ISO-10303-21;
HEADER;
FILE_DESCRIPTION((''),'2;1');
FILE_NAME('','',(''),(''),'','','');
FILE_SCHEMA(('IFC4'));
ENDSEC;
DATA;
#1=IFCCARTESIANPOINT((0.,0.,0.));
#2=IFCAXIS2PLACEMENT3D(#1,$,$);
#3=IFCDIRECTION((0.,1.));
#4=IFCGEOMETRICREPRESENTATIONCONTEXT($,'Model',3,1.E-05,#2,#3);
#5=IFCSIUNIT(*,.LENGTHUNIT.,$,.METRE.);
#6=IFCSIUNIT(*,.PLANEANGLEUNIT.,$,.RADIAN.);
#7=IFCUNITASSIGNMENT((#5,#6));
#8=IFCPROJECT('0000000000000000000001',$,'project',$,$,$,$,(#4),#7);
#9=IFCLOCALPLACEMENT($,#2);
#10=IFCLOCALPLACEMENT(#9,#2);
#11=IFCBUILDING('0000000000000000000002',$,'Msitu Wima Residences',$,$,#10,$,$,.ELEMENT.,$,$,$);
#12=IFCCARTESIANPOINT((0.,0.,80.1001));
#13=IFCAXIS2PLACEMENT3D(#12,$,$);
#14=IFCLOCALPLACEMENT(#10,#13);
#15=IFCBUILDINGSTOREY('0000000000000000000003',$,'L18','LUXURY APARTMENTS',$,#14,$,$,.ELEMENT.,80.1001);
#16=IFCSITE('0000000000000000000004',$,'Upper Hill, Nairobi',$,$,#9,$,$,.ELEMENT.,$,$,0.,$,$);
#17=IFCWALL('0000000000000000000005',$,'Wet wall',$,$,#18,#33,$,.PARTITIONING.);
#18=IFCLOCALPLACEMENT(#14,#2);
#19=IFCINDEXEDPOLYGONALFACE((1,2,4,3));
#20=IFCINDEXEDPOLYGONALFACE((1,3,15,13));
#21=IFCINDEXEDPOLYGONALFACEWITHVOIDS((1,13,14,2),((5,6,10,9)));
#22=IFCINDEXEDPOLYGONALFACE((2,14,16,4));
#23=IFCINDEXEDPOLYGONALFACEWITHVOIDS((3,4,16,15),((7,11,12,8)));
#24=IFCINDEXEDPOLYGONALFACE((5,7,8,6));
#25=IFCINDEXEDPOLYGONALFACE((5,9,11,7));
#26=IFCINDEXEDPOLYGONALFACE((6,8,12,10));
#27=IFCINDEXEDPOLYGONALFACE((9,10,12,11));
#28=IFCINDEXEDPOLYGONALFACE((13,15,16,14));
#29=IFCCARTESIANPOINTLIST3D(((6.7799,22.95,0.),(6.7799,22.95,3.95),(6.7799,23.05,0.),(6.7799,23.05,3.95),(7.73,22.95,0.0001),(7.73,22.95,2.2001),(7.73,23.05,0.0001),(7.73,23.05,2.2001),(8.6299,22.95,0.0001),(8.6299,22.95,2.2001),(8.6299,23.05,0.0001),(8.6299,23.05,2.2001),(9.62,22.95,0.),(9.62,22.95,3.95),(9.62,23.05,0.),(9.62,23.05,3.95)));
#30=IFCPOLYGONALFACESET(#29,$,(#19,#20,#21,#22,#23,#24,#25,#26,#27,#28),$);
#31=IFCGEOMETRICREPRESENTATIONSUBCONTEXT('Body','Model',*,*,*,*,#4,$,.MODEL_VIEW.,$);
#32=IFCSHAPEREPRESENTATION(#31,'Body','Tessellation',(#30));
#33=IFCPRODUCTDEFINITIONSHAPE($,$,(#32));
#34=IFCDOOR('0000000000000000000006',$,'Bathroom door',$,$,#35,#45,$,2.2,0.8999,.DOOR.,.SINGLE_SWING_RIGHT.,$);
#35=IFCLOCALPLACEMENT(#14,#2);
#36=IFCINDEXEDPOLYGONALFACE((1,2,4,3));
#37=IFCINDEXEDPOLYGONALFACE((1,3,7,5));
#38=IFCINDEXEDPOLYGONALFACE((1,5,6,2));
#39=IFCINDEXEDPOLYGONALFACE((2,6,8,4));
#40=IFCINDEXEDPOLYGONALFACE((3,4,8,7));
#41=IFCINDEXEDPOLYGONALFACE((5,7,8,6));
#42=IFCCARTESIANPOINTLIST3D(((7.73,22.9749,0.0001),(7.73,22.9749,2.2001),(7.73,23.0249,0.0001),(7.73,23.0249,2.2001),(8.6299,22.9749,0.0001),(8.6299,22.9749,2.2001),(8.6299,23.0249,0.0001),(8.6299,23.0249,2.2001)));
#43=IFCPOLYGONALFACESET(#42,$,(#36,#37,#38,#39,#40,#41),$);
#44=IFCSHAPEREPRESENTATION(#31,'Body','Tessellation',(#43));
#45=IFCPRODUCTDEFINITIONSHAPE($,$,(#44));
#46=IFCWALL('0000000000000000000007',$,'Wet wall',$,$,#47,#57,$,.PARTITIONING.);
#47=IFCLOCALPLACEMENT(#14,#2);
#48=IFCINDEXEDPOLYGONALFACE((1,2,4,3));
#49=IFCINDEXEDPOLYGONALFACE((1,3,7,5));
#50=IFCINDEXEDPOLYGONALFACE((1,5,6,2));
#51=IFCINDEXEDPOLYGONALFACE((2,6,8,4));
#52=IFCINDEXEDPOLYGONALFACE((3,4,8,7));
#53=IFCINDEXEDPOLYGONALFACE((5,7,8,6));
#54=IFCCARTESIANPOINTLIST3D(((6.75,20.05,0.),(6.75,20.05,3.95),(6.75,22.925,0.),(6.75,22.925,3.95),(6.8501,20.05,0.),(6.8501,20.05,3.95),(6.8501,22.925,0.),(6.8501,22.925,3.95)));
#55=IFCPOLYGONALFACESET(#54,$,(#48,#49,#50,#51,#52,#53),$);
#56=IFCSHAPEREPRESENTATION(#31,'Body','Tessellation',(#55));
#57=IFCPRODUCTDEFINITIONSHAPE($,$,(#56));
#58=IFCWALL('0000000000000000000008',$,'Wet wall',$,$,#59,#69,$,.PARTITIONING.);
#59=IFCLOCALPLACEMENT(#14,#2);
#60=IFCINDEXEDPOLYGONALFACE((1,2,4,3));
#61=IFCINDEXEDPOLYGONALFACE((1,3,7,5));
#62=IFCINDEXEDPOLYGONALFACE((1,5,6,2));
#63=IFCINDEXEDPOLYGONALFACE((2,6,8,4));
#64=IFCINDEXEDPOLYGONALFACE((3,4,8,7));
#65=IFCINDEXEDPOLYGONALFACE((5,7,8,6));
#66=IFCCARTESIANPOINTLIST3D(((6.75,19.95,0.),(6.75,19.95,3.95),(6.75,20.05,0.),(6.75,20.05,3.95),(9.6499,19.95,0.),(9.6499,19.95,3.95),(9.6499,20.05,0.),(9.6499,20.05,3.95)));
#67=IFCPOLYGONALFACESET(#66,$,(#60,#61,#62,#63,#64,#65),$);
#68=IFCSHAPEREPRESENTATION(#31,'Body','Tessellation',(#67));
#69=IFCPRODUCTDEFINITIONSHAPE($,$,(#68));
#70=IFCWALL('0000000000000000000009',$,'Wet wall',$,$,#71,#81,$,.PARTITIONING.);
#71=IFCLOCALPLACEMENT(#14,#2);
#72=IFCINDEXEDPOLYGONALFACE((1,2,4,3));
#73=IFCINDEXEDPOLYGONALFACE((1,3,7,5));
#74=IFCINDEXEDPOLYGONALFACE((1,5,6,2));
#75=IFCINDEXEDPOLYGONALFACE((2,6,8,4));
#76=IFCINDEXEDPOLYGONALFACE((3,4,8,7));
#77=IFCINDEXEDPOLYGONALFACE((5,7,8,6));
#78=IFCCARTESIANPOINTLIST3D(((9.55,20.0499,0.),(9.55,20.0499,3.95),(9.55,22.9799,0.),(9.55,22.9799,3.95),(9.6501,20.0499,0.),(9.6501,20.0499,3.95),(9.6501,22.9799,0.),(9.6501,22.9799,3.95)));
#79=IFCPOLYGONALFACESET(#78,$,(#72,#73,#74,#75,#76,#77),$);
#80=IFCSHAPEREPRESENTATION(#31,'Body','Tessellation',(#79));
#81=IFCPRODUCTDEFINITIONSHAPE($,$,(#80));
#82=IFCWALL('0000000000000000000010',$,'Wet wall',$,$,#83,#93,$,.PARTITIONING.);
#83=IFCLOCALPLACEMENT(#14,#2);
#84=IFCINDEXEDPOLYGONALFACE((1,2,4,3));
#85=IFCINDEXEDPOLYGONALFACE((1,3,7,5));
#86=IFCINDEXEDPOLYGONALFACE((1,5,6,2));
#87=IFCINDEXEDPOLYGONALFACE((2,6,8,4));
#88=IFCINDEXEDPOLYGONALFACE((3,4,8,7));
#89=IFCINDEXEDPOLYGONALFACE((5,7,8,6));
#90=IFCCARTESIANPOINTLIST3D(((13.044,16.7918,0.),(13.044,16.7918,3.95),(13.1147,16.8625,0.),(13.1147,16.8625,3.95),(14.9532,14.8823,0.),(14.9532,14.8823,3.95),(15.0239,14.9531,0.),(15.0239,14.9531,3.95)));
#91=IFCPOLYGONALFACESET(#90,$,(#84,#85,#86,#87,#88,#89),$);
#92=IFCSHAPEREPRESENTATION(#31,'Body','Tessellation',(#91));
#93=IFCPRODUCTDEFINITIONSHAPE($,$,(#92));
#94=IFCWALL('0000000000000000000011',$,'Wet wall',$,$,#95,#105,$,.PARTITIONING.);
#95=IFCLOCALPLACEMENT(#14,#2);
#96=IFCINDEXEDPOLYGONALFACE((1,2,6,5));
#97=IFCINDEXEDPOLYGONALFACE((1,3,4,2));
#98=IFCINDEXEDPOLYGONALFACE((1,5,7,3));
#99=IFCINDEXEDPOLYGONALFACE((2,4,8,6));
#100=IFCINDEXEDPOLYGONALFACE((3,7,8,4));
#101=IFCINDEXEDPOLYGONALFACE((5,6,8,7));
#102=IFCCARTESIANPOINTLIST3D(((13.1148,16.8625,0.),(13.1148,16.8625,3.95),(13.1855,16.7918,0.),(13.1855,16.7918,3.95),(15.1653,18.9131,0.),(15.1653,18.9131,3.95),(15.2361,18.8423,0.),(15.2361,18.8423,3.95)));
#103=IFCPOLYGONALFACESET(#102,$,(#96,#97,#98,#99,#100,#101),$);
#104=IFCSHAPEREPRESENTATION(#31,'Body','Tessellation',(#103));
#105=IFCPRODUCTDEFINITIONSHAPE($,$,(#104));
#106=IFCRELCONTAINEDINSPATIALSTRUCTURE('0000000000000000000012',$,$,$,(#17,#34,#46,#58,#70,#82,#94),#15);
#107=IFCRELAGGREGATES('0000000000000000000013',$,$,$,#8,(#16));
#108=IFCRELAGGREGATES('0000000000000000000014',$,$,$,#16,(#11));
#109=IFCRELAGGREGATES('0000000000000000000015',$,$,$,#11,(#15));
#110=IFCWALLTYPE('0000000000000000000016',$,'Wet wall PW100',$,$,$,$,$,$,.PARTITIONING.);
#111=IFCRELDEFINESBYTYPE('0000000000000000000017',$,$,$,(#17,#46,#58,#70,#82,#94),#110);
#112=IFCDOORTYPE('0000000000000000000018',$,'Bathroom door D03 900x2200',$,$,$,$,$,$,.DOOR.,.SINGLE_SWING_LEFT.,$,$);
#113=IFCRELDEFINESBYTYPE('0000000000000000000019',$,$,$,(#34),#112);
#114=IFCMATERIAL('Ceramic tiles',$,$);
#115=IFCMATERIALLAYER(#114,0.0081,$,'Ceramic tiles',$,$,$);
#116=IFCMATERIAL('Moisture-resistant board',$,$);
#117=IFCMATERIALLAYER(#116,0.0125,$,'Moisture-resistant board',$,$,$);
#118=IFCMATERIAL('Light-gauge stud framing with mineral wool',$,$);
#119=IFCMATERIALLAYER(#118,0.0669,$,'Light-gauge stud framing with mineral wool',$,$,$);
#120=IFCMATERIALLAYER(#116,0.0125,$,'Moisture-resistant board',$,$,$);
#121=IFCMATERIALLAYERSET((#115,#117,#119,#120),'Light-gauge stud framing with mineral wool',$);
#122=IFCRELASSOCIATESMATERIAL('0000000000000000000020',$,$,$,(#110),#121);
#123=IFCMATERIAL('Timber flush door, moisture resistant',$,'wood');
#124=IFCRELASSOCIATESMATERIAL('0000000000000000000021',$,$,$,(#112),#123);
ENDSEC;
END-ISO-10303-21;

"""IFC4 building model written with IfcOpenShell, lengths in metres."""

from ifc_helpers import new_model, si_unit, direction, frame, frame_2d, origin, place, context, subcontext, project, spatial, rectangle, extrude, material, layer, layer_set, type_object, element, fill, save


model = new_model("IFC4")

# Units and contexts
model_context = context("Model", 3, precision=1e-05, world=origin(), true_north=direction((0.0, 1.0)))
body_context = subcontext(model_context, "Body", "Model", "MODEL_VIEW")
ifc_project = project(units=[si_unit("LENGTHUNIT", "METRE"), si_unit("PLANEANGLEUNIT", "RADIAN")], contexts=[model_context])

# Site, building, storey
site_placement = place(None, origin())
site = spatial("IfcSite", under=ifc_project, at=site_placement, Name="Upper Hill, Nairobi", CompositionType="ELEMENT", RefElevation=0.0)
building_placement = place(site_placement, origin())
building = spatial("IfcBuilding", under=site, at=building_placement, Name="Msitu Wima Residences", CompositionType="ELEMENT")
storey_placement = place(building_placement, frame((0.0, 0.0, 80.1001)))
storey = spatial("IfcBuildingStorey", under=building, at=storey_placement, Name="L18", Description="LUXURY APARTMENTS", CompositionType="ELEMENT", Elevation=80.1001)

# Wall, opening, door
ifc_material_1 = material(Name="Ceramic tiles")
ifc_layer_1 = layer(ifc_material_1, 0.0081, Name="Ceramic tiles")
ifc_material_2 = material(Name="Moisture-resistant board")
ifc_layer_2 = layer(ifc_material_2, 0.0125, Name="Moisture-resistant board")
ifc_material_3 = material(Name="Light-gauge stud framing with mineral wool")
ifc_layer_3 = layer(ifc_material_3, 0.0669, Name="Light-gauge stud framing with mineral wool")
ifc_layer_4 = layer(ifc_material_2, 0.0125, Name="Moisture-resistant board")
ifc_layer_set_1 = layer_set([ifc_layer_1, ifc_layer_2, ifc_layer_3, ifc_layer_4], Name="Light-gauge stud framing with mineral wool")
wall_type_1 = type_object("IfcWallType", Name="Wet wall PW100", PredefinedType="PARTITIONING", material=ifc_layer_set_1)
wall_1_placement = place(storey_placement, frame((6.78, 23.0, 0.0), z_axis=(0.0, 0.0, 1.0), x_axis=(1.0, 0.0, 0.0)))
wall_1 = element("IfcWall", 1, at=wall_1_placement, inside=storey, type_object=wall_type_1, Name="Wet wall", PredefinedType="PARTITIONING", context=body_context, shape_type="SweptSolid", body=[
    extrude(rectangle(XDim=2.8401, YDim=0.1001, at=frame_2d((1.4199, 0.0))), origin(), (0.0, 0.0, 1.0), 3.95),
])
opening_1_placement = place(wall_1_placement, frame((0.95, 0.0, 0.0)))
opening_1 = element("IfcOpeningElement", 2, at=opening_1_placement, cuts=wall_1, PredefinedType="OPENING", context=body_context, shape_type="SweptSolid", body=[
    extrude(rectangle(XDim=0.8999, YDim=2.2, at=frame_2d((0.45, 1.1001))), frame((0.0, 0.0601, 0.0), z_axis=(0.0, -1.0, 0.0), x_axis=(1.0, 0.0, 0.0)), (0.0, 0.0, 1.0), 0.1201),
])
ifc_material_4 = material(Name="Timber flush door, moisture resistant", Category="wood")
door_type_1 = type_object("IfcDoorType", Name="Bathroom door D03 900x2200", OperationType="SINGLE_SWING_LEFT", PredefinedType="DOOR", material=ifc_material_4)
door_1_placement = place(opening_1_placement, origin())
door_1 = element("IfcDoor", 3, at=door_1_placement, inside=storey, type_object=door_type_1, Name="Bathroom door", OperationType="SINGLE_SWING_RIGHT", OverallHeight=2.2, OverallWidth=0.8999, PredefinedType="DOOR", context=body_context, shape_type="SweptSolid", body=[
    extrude(rectangle(XDim=0.8999, YDim=2.2, at=frame_2d((0.45, 1.1001))), frame((0.0, 0.0249, 0.0), z_axis=(0.0, -1.0, 0.0), x_axis=(1.0, 0.0, 0.0)), (0.0, 0.0, 1.0), 0.05),
])
fill(opening_1, door_1)

# Walls
wall_2_placement = place(storey_placement, frame((6.8, 20.05, 0.0), z_axis=(0.0, 0.0, 1.0), x_axis=(0.0, 1.0, 0.0)))
element("IfcWall", 4, at=wall_2_placement, inside=storey, type_object=wall_type_1, Name="Wet wall", PredefinedType="PARTITIONING", context=body_context, shape_type="SweptSolid", body=[
    extrude(rectangle(XDim=2.875, YDim=0.1001, at=frame_2d((1.4375, 0.0))), origin(), (0.0, 0.0, 1.0), 3.95),
])
wall_3_placement = place(storey_placement, frame((6.75, 20.0, 0.0), z_axis=(0.0, 0.0, 1.0), x_axis=(1.0, 0.0, 0.0)))
element("IfcWall", 5, at=wall_3_placement, inside=storey, type_object=wall_type_1, Name="Wet wall", PredefinedType="PARTITIONING", context=body_context, shape_type="SweptSolid", body=[
    extrude(rectangle(XDim=2.8999, YDim=0.1001, at=frame_2d((1.45, 0.0))), origin(), (0.0, 0.0, 1.0), 3.95),
])
wall_4_placement = place(storey_placement, frame((9.6001, 20.05, 0.0), z_axis=(0.0, 0.0, 1.0), x_axis=(0.0, 1.0, 0.0)))
element("IfcWall", 6, at=wall_4_placement, inside=storey, type_object=wall_type_1, Name="Wet wall", PredefinedType="PARTITIONING", context=body_context, shape_type="SweptSolid", body=[
    extrude(rectangle(XDim=2.9299, YDim=0.1001, at=frame_2d((1.4648, 0.0))), origin(), (0.0, 0.0, 1.0), 3.95),
])
wall_5_placement = place(storey_placement, frame((13.0793, 16.8271, 0.0), z_axis=(0.0, 0.0, 1.0), x_axis=(0.707062, -0.707152, 0.0)))
element("IfcWall", 7, at=wall_5_placement, inside=storey, type_object=wall_type_1, Name="Wet wall", PredefinedType="PARTITIONING", context=body_context, shape_type="SweptSolid", body=[
    extrude(rectangle(XDim=2.7002, YDim=0.1001, at=frame_2d((1.3501, 0.0))), origin(), (0.0, 0.0, 1.0), 3.95),
])
wall_6_placement = place(storey_placement, frame((13.1501, 16.8271, 0.0), z_axis=(0.0, 0.0, 1.0), x_axis=(0.707107, 0.707107, 0.0)))
element("IfcWall", 8, at=wall_6_placement, inside=storey, type_object=wall_type_1, Name="Wet wall", PredefinedType="PARTITIONING", context=body_context, shape_type="SweptSolid", body=[
    extrude(rectangle(XDim=2.8999, YDim=0.1001, at=frame_2d((1.45, 0.0))), origin(), (0.0, 0.0, 1.0), 3.95),
])

save(model, "model.ifc")
